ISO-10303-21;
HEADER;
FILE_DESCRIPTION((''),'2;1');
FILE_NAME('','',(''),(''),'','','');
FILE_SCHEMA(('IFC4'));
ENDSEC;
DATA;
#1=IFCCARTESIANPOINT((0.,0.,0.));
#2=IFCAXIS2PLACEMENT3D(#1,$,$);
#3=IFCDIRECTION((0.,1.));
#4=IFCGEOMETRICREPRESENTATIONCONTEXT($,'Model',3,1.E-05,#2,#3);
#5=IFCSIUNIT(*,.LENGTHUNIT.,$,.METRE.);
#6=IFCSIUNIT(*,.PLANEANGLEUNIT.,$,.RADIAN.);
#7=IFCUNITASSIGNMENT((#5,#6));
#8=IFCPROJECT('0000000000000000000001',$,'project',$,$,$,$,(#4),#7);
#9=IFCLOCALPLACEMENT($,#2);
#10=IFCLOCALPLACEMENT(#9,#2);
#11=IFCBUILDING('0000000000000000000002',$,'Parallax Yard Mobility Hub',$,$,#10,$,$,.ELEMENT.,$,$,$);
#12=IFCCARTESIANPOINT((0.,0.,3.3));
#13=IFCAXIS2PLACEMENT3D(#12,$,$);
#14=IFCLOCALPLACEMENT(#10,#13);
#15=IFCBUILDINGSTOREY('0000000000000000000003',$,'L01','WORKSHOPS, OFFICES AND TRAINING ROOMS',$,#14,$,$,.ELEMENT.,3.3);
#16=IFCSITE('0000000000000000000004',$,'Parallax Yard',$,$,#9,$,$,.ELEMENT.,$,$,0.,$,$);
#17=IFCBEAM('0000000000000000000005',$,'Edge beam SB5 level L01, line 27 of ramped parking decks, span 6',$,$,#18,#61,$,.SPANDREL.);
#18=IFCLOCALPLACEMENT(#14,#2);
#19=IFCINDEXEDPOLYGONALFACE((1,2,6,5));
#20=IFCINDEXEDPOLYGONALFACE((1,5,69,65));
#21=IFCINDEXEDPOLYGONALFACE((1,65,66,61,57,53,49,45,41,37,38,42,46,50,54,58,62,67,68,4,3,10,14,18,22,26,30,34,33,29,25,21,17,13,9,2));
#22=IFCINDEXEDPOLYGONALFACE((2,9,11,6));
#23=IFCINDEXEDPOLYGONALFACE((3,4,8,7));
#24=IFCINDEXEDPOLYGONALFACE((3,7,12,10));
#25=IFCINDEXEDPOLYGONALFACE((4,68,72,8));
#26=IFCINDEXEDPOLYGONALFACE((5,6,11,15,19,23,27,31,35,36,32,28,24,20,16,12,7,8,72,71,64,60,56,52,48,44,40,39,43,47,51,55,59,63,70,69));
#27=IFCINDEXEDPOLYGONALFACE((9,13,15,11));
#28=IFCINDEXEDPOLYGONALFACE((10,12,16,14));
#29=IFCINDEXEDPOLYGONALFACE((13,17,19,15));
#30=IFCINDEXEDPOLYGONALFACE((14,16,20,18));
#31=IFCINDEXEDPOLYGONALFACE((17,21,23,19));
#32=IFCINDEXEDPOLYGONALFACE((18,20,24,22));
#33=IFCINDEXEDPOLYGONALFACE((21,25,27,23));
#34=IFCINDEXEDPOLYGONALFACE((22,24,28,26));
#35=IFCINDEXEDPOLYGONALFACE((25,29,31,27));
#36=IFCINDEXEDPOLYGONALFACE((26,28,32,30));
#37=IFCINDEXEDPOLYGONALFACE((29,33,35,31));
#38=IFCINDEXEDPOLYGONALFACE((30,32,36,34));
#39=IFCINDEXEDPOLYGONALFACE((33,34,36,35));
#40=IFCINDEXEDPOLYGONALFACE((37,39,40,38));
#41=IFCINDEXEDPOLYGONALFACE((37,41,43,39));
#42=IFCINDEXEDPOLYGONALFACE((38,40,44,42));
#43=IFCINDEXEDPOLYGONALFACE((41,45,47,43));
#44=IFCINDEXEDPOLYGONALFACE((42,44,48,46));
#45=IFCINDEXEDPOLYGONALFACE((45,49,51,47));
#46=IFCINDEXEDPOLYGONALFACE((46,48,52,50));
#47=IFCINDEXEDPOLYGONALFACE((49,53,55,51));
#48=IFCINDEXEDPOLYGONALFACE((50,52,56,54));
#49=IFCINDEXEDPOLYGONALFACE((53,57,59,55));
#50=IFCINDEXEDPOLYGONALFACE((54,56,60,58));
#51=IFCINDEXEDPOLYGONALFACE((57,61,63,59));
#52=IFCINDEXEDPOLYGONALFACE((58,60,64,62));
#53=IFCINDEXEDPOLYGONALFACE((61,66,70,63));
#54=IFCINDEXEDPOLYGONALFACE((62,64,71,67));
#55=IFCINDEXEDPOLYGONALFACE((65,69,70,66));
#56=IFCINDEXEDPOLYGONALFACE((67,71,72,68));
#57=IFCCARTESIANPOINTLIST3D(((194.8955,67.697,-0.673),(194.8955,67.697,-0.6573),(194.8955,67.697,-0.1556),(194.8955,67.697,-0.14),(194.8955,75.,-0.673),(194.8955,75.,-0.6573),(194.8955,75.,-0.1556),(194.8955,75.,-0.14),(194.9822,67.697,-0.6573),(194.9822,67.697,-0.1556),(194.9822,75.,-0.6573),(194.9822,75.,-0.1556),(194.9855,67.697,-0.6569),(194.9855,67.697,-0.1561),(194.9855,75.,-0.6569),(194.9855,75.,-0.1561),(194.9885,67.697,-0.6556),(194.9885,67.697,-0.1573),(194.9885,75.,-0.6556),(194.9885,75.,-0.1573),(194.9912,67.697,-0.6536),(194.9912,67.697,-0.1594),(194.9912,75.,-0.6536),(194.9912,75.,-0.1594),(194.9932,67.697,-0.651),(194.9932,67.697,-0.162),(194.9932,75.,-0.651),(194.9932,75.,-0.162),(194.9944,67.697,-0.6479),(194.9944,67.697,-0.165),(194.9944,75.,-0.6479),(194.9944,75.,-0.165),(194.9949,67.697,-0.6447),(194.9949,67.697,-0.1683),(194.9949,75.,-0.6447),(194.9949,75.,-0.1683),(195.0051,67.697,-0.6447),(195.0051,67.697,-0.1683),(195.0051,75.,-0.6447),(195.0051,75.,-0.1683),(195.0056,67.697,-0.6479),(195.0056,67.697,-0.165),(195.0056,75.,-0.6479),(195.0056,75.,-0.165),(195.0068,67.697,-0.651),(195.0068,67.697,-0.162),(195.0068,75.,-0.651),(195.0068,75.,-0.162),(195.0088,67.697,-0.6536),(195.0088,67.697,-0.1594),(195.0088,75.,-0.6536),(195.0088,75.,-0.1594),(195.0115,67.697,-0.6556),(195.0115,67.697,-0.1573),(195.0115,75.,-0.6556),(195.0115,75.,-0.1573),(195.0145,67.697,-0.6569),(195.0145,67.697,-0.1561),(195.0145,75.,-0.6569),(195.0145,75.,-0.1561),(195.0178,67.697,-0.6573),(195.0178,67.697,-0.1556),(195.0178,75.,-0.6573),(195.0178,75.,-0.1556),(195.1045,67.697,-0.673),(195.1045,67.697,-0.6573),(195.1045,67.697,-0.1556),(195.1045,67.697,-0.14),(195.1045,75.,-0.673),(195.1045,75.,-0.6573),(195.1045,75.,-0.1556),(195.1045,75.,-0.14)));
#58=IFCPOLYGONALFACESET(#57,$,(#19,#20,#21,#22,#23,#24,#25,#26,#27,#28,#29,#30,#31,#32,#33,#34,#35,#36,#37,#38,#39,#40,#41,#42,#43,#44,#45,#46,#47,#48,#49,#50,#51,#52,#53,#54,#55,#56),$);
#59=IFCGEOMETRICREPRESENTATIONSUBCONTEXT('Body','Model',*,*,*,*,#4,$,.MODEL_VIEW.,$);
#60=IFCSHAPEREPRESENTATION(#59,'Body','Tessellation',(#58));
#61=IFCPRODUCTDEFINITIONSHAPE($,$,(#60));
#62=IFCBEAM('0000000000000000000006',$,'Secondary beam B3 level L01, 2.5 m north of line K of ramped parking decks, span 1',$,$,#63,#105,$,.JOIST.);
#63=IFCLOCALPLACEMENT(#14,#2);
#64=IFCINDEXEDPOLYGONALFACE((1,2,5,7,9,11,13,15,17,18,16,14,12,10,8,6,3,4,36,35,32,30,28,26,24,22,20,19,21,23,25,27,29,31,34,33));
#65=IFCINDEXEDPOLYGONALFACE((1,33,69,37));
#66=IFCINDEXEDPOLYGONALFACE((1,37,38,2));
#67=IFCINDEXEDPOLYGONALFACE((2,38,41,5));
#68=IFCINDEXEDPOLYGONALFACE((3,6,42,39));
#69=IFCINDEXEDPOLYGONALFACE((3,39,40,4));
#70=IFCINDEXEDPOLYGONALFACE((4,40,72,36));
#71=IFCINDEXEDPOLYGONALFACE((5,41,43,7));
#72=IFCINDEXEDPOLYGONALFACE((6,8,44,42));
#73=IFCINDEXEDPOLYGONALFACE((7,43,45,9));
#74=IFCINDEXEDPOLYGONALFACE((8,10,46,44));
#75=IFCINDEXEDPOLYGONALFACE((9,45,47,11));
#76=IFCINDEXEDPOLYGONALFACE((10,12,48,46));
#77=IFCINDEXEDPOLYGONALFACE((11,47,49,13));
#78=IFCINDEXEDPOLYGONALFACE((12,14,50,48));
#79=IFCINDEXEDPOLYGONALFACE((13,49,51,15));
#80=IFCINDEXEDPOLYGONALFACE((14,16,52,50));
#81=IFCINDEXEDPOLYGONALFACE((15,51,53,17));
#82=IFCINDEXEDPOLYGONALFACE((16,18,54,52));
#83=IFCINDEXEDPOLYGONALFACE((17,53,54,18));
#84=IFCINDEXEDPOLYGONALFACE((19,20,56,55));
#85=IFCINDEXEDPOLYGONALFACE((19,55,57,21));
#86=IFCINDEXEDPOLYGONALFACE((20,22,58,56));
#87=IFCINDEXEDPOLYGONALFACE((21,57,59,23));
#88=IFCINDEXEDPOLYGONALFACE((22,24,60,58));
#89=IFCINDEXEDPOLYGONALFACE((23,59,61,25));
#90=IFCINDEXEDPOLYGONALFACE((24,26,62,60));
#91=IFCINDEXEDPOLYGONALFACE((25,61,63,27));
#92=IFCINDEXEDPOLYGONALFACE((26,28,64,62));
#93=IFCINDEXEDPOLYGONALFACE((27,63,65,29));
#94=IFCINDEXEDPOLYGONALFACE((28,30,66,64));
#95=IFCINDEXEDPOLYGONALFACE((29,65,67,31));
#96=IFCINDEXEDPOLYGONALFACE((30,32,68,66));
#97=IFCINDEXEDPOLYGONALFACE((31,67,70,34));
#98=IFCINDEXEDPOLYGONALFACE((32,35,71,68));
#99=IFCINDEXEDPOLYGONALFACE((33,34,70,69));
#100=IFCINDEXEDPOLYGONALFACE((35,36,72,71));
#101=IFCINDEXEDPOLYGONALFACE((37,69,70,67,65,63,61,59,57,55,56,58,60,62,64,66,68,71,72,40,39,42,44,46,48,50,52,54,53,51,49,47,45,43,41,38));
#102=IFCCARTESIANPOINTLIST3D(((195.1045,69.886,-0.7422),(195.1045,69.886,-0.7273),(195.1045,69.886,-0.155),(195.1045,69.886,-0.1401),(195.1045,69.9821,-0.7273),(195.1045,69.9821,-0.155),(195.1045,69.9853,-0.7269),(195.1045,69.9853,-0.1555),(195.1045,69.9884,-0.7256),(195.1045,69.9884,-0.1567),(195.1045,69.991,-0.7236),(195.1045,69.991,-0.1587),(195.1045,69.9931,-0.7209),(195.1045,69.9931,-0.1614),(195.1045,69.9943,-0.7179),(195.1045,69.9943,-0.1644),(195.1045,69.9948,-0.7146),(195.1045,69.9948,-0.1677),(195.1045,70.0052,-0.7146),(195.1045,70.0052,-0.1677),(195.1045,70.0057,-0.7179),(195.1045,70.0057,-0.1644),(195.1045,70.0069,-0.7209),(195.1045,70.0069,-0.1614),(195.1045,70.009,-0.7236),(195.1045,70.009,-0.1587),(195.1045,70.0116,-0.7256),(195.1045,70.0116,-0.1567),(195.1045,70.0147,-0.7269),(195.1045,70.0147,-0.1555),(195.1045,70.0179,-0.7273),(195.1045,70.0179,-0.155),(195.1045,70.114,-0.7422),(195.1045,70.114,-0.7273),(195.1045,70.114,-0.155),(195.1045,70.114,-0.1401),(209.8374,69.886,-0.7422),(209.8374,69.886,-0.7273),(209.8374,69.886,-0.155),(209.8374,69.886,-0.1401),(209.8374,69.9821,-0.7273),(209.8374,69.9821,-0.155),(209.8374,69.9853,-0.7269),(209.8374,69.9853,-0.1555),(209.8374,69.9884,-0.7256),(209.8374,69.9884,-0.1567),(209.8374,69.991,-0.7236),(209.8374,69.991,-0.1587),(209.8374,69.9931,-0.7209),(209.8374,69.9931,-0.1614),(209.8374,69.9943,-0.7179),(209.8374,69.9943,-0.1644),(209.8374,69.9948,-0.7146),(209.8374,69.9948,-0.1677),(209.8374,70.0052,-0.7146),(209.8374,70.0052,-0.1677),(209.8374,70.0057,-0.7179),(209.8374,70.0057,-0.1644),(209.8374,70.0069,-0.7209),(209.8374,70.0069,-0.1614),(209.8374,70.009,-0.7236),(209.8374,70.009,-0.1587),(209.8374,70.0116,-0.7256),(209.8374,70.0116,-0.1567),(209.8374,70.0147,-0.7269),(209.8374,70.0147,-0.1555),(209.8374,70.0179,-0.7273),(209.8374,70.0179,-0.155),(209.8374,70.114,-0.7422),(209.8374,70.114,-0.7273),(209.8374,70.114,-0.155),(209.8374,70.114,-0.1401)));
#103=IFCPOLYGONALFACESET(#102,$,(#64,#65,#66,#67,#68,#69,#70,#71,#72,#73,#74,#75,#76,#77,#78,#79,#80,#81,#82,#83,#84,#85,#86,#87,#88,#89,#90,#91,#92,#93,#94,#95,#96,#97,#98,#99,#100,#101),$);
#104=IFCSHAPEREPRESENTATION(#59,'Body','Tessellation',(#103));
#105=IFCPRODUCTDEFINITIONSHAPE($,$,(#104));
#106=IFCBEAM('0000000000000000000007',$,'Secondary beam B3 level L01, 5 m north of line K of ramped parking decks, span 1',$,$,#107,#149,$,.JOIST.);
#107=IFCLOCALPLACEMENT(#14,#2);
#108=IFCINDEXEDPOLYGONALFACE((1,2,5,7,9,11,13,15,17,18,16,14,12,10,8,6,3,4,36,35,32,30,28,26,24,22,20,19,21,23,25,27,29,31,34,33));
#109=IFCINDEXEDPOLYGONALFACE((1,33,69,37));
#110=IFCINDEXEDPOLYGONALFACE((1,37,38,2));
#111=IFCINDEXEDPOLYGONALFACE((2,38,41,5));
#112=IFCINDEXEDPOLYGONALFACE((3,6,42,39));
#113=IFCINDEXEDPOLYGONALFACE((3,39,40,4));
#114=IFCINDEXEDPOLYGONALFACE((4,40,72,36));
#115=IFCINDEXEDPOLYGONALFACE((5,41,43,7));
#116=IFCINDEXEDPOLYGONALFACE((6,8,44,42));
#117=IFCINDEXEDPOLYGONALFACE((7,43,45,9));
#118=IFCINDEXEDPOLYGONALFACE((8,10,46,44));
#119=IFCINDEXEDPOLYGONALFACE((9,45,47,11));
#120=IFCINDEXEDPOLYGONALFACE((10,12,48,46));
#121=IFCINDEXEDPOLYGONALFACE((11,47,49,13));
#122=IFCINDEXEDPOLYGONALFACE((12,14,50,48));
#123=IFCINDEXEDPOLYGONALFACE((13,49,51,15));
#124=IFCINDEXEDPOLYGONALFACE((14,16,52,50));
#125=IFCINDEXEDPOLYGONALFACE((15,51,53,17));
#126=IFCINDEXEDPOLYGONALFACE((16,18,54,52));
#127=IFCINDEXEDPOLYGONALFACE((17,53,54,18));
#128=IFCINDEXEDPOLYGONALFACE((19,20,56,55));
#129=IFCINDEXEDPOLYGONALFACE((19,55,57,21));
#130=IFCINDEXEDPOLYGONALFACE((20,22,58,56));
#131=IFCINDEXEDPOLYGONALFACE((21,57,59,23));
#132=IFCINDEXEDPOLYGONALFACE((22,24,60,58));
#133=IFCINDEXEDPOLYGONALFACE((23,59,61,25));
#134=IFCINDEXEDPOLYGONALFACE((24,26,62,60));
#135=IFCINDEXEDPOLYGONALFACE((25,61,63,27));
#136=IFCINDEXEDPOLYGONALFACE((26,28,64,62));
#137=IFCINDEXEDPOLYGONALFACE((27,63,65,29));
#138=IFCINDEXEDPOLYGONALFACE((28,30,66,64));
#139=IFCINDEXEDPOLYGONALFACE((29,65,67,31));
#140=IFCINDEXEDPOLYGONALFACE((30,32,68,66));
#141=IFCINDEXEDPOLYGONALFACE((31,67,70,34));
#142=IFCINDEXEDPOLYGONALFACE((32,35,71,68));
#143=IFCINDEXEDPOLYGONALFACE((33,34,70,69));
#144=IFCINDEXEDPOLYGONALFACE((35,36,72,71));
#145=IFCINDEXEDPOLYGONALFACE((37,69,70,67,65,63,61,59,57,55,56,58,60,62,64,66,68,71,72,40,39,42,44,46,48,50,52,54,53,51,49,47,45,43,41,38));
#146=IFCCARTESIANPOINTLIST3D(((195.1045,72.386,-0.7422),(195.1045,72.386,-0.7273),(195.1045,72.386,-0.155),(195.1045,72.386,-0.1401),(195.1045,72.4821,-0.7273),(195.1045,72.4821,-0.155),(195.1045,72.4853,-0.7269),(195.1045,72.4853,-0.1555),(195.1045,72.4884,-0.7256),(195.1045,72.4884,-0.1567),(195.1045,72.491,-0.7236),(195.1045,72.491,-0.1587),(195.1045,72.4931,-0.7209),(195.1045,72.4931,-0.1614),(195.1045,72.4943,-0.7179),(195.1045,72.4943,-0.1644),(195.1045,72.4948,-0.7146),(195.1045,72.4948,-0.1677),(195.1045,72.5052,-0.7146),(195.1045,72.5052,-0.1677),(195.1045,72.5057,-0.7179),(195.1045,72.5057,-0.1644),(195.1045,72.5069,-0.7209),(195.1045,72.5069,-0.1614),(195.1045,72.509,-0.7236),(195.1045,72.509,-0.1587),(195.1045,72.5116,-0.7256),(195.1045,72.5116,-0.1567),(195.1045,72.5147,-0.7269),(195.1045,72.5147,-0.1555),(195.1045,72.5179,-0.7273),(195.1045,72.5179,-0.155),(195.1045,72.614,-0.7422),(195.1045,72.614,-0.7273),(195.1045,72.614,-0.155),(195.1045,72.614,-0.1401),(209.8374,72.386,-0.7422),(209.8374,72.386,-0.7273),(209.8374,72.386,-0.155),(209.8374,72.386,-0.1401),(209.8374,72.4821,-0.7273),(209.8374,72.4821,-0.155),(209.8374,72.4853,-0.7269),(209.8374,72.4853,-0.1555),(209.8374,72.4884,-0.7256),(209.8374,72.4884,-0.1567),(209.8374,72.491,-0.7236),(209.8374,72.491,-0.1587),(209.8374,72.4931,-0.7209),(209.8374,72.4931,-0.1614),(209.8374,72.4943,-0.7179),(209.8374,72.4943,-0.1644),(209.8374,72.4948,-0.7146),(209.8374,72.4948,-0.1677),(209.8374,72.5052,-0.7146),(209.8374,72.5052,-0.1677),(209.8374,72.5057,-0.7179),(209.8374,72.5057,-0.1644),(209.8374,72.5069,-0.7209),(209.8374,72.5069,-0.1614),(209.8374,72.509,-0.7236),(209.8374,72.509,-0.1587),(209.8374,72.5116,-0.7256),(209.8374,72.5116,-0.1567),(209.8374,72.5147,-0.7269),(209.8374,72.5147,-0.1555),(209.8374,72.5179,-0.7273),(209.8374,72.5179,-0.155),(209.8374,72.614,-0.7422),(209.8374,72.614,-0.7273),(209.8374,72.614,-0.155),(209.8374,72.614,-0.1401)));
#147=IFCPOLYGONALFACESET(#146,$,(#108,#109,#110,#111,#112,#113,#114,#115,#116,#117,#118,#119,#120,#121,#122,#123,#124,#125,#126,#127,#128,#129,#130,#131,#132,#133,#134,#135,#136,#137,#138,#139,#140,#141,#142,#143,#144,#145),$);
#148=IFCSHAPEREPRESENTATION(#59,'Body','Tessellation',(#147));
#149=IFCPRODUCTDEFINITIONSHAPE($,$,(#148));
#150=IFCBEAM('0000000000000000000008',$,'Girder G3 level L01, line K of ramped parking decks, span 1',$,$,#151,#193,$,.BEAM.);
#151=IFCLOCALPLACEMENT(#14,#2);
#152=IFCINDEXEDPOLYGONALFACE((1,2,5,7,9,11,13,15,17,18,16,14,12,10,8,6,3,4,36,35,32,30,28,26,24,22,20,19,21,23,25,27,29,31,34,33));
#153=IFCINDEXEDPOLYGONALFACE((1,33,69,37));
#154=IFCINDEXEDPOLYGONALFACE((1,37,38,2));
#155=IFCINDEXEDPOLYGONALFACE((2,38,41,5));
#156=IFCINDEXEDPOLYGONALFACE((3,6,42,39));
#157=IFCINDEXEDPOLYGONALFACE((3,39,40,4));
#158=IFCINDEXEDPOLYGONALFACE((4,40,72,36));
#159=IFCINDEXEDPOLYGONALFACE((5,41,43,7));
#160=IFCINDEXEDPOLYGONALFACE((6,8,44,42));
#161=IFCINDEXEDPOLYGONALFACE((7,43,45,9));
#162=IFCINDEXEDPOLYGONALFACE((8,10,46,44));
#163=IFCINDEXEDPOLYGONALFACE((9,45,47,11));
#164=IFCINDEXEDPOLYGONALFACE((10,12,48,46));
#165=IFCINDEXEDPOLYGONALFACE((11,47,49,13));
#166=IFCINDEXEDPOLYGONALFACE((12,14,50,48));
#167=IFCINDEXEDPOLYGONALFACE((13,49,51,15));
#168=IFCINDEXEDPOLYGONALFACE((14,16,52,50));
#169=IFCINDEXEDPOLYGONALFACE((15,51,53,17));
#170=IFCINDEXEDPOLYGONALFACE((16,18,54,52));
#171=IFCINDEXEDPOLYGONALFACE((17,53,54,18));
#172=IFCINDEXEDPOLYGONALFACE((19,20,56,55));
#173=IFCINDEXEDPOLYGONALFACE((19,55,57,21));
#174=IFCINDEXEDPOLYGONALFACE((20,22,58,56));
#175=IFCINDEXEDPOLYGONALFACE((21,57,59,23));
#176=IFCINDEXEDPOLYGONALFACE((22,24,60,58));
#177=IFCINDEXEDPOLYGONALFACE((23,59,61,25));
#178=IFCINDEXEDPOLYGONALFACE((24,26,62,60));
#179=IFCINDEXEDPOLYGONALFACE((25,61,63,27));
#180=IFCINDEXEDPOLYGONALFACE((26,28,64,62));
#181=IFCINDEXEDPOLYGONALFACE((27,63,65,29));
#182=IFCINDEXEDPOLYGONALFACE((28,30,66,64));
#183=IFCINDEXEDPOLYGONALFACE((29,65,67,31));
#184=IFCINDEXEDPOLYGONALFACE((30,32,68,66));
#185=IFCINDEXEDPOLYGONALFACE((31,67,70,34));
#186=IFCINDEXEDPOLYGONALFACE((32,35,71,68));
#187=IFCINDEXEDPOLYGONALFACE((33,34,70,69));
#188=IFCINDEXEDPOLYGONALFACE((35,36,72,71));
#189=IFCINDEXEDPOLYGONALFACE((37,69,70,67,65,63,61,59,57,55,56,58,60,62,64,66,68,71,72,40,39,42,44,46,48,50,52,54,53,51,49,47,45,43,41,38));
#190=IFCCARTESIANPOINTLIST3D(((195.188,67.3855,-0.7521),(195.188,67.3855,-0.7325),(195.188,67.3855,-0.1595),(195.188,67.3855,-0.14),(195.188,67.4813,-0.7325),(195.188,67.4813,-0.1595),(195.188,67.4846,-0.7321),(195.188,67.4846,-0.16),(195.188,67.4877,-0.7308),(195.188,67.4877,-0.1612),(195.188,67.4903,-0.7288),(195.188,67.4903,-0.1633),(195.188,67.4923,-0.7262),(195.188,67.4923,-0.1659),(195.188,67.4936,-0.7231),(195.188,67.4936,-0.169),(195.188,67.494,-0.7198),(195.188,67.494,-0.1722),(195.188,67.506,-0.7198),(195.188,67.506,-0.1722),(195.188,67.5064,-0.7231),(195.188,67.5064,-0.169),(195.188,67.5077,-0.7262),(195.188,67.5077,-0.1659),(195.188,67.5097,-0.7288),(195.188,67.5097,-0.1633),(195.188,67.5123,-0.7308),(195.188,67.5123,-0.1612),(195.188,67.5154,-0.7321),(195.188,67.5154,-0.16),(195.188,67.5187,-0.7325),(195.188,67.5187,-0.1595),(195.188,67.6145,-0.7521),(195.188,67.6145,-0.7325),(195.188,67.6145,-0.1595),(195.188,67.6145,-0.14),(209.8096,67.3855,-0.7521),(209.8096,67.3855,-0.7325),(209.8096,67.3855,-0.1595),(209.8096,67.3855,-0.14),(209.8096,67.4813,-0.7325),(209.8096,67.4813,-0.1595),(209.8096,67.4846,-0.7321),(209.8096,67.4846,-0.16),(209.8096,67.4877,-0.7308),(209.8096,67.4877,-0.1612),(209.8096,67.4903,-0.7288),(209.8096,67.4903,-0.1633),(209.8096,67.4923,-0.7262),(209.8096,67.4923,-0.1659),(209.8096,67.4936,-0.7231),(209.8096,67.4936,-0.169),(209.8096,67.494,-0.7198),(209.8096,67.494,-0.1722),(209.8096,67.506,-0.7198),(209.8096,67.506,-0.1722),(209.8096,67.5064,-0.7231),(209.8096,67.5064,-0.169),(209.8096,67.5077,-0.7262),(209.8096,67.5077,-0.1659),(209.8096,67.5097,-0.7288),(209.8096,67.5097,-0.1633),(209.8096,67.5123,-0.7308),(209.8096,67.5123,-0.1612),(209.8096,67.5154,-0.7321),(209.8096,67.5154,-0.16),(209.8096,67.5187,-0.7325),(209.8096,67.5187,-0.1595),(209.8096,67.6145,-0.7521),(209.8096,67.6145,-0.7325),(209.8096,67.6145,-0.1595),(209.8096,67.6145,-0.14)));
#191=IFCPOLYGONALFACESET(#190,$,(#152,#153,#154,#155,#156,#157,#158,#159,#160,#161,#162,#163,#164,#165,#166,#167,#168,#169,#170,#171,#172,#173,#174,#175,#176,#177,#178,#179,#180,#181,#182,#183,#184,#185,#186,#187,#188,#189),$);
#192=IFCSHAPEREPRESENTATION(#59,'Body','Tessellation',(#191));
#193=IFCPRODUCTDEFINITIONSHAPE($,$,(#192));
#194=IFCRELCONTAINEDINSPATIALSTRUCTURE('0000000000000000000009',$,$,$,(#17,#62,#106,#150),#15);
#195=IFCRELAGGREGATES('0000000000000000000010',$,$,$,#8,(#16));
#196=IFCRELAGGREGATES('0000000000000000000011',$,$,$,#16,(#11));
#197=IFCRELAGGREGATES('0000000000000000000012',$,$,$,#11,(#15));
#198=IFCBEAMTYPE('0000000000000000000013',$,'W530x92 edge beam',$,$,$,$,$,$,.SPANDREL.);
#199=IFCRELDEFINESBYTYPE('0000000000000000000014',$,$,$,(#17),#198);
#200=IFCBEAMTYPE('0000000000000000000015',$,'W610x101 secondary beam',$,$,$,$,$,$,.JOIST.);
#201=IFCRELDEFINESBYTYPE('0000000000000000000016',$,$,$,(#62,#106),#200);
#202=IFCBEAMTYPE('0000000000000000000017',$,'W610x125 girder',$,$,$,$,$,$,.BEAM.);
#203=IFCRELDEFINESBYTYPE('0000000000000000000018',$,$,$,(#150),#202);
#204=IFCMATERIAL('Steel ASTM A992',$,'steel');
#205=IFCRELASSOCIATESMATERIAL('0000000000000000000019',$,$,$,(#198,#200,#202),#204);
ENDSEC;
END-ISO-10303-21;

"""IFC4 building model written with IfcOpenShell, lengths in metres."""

from ifc_helpers import new_model, si_unit, direction, frame, origin, origin_2d, place, context, subcontext, project, spatial, i_section, extrude, material, material_profile, profile_set, type_object, element, save


model = new_model("IFC4")

# Units and contexts
model_context = context("Model", 3, precision=1e-05, world=origin(), true_north=direction((0.0, 1.0)))
body_context = subcontext(model_context, "Body", "Model", "MODEL_VIEW")
ifc_project = project(units=[si_unit("LENGTHUNIT", "METRE"), si_unit("PLANEANGLEUNIT", "RADIAN")], contexts=[model_context])

# Site, building, storey
site_placement = place(None, origin())
site = spatial("IfcSite", under=ifc_project, at=site_placement, Name="Parallax Yard", CompositionType="ELEMENT", RefElevation=0.0)
building_placement = place(site_placement, origin())
building = spatial("IfcBuilding", under=site, at=building_placement, Name="Parallax Yard Mobility Hub", CompositionType="ELEMENT")
storey_placement = place(building_placement, frame((0.0, 0.0, 3.3)))
storey = spatial("IfcBuildingStorey", under=building, at=storey_placement, Name="L01", Description="WORKSHOPS, OFFICES AND TRAINING ROOMS", CompositionType="ELEMENT", Elevation=3.3)

# Shared definitions
ifc_material_1 = material(Name="Steel ASTM A992", Category="steel")

# Beams
ifc_material_profile_1 = material_profile(ifc_material_1, i_section(OverallWidth=0.209, OverallDepth=0.533, WebThickness=0.0103, FlangeThickness=0.0156, FilletRadius=0.0127, at=origin_2d()), Name="W530x92")
ifc_profile_set_1 = profile_set([ifc_material_profile_1], Name="Steel ASTM A992")
beam_type_1 = type_object("IfcBeamType", Name="W530x92 edge beam", PredefinedType="SPANDREL", material=ifc_profile_set_1)
beam_1_placement = place(storey_placement, frame((195.0, 67.697, -0.4065), z_axis=(0.0, 1.0, 0.0), x_axis=(-1.0, 0.0, 0.0)))
element("IfcBeam", 1, at=beam_1_placement, inside=storey, type_object=beam_type_1, Name="Edge beam SB5 level L01, line 27 of ramped parking decks, span 6", PredefinedType="SPANDREL", context=body_context, shape_type="SweptSolid", body=[
    extrude(i_section(OverallWidth=0.209, OverallDepth=0.533, WebThickness=0.0103, FlangeThickness=0.0156, FilletRadius=0.0127, at=origin_2d()), origin(), (0.0, 0.0, 1.0), 7.303),
])
ifc_material_profile_2 = material_profile(ifc_material_1, i_section(OverallWidth=0.228, OverallDepth=0.6021, WebThickness=0.0105, FlangeThickness=0.0149, FilletRadius=0.0127, at=origin_2d()), Name="W610x101")
ifc_profile_set_2 = profile_set([ifc_material_profile_2], Name="Steel ASTM A992")
beam_type_2 = type_object("IfcBeamType", Name="W610x101 secondary beam", PredefinedType="JOIST", material=ifc_profile_set_2)
for number, where, z_axis, x_axis, name in (
    (2, (195.1045, 70.0, -0.4412), (1.0, 0.0, 0.0), (0.0, 1.0, 0.0), "Secondary beam B3 level L01, 2.5 m north of line K of ramped parking decks, span 1"),
    (3, (195.1045, 72.5, -0.4412), (1.0, 0.0, 0.0), (0.0, 1.0, 0.0), "Secondary beam B3 level L01, 5 m north of line K of ramped parking decks, span 1"),
):
    element("IfcBeam", number, at=place(storey_placement, frame(where, z_axis=z_axis, x_axis=x_axis)), inside=storey, type_object=beam_type_2, Name=name, PredefinedType="JOIST", context=body_context, shape_type="SweptSolid", body=[
        extrude(i_section(OverallWidth=0.228, OverallDepth=0.6021, WebThickness=0.0105, FlangeThickness=0.0149, FilletRadius=0.0127, at=origin_2d()), origin(), (0.0, 0.0, 1.0), 14.7329),
    ])
ifc_material_profile_3 = material_profile(ifc_material_1, i_section(OverallWidth=0.229, OverallDepth=0.6121, WebThickness=0.012, FlangeThickness=0.0195, FilletRadius=0.0127, at=origin_2d()), Name="W610x125")
ifc_profile_set_3 = profile_set([ifc_material_profile_3], Name="Steel ASTM A992")
beam_type_3 = type_object("IfcBeamType", Name="W610x125 girder", PredefinedType="BEAM", material=ifc_profile_set_3)
beam_2_placement = place(storey_placement, frame((195.188, 67.5, -0.446), z_axis=(1.0, 0.0, 0.0), x_axis=(0.0, 1.0, 0.0)))
element("IfcBeam", 4, at=beam_2_placement, inside=storey, type_object=beam_type_3, Name="Girder G3 level L01, line K of ramped parking decks, span 1", PredefinedType="BEAM", context=body_context, shape_type="SweptSolid", body=[
    extrude(i_section(OverallWidth=0.229, OverallDepth=0.6121, WebThickness=0.012, FlangeThickness=0.0195, FilletRadius=0.0127, at=origin_2d()), origin(), (0.0, 0.0, 1.0), 14.6216),
])

save(model, "model.ifc")
